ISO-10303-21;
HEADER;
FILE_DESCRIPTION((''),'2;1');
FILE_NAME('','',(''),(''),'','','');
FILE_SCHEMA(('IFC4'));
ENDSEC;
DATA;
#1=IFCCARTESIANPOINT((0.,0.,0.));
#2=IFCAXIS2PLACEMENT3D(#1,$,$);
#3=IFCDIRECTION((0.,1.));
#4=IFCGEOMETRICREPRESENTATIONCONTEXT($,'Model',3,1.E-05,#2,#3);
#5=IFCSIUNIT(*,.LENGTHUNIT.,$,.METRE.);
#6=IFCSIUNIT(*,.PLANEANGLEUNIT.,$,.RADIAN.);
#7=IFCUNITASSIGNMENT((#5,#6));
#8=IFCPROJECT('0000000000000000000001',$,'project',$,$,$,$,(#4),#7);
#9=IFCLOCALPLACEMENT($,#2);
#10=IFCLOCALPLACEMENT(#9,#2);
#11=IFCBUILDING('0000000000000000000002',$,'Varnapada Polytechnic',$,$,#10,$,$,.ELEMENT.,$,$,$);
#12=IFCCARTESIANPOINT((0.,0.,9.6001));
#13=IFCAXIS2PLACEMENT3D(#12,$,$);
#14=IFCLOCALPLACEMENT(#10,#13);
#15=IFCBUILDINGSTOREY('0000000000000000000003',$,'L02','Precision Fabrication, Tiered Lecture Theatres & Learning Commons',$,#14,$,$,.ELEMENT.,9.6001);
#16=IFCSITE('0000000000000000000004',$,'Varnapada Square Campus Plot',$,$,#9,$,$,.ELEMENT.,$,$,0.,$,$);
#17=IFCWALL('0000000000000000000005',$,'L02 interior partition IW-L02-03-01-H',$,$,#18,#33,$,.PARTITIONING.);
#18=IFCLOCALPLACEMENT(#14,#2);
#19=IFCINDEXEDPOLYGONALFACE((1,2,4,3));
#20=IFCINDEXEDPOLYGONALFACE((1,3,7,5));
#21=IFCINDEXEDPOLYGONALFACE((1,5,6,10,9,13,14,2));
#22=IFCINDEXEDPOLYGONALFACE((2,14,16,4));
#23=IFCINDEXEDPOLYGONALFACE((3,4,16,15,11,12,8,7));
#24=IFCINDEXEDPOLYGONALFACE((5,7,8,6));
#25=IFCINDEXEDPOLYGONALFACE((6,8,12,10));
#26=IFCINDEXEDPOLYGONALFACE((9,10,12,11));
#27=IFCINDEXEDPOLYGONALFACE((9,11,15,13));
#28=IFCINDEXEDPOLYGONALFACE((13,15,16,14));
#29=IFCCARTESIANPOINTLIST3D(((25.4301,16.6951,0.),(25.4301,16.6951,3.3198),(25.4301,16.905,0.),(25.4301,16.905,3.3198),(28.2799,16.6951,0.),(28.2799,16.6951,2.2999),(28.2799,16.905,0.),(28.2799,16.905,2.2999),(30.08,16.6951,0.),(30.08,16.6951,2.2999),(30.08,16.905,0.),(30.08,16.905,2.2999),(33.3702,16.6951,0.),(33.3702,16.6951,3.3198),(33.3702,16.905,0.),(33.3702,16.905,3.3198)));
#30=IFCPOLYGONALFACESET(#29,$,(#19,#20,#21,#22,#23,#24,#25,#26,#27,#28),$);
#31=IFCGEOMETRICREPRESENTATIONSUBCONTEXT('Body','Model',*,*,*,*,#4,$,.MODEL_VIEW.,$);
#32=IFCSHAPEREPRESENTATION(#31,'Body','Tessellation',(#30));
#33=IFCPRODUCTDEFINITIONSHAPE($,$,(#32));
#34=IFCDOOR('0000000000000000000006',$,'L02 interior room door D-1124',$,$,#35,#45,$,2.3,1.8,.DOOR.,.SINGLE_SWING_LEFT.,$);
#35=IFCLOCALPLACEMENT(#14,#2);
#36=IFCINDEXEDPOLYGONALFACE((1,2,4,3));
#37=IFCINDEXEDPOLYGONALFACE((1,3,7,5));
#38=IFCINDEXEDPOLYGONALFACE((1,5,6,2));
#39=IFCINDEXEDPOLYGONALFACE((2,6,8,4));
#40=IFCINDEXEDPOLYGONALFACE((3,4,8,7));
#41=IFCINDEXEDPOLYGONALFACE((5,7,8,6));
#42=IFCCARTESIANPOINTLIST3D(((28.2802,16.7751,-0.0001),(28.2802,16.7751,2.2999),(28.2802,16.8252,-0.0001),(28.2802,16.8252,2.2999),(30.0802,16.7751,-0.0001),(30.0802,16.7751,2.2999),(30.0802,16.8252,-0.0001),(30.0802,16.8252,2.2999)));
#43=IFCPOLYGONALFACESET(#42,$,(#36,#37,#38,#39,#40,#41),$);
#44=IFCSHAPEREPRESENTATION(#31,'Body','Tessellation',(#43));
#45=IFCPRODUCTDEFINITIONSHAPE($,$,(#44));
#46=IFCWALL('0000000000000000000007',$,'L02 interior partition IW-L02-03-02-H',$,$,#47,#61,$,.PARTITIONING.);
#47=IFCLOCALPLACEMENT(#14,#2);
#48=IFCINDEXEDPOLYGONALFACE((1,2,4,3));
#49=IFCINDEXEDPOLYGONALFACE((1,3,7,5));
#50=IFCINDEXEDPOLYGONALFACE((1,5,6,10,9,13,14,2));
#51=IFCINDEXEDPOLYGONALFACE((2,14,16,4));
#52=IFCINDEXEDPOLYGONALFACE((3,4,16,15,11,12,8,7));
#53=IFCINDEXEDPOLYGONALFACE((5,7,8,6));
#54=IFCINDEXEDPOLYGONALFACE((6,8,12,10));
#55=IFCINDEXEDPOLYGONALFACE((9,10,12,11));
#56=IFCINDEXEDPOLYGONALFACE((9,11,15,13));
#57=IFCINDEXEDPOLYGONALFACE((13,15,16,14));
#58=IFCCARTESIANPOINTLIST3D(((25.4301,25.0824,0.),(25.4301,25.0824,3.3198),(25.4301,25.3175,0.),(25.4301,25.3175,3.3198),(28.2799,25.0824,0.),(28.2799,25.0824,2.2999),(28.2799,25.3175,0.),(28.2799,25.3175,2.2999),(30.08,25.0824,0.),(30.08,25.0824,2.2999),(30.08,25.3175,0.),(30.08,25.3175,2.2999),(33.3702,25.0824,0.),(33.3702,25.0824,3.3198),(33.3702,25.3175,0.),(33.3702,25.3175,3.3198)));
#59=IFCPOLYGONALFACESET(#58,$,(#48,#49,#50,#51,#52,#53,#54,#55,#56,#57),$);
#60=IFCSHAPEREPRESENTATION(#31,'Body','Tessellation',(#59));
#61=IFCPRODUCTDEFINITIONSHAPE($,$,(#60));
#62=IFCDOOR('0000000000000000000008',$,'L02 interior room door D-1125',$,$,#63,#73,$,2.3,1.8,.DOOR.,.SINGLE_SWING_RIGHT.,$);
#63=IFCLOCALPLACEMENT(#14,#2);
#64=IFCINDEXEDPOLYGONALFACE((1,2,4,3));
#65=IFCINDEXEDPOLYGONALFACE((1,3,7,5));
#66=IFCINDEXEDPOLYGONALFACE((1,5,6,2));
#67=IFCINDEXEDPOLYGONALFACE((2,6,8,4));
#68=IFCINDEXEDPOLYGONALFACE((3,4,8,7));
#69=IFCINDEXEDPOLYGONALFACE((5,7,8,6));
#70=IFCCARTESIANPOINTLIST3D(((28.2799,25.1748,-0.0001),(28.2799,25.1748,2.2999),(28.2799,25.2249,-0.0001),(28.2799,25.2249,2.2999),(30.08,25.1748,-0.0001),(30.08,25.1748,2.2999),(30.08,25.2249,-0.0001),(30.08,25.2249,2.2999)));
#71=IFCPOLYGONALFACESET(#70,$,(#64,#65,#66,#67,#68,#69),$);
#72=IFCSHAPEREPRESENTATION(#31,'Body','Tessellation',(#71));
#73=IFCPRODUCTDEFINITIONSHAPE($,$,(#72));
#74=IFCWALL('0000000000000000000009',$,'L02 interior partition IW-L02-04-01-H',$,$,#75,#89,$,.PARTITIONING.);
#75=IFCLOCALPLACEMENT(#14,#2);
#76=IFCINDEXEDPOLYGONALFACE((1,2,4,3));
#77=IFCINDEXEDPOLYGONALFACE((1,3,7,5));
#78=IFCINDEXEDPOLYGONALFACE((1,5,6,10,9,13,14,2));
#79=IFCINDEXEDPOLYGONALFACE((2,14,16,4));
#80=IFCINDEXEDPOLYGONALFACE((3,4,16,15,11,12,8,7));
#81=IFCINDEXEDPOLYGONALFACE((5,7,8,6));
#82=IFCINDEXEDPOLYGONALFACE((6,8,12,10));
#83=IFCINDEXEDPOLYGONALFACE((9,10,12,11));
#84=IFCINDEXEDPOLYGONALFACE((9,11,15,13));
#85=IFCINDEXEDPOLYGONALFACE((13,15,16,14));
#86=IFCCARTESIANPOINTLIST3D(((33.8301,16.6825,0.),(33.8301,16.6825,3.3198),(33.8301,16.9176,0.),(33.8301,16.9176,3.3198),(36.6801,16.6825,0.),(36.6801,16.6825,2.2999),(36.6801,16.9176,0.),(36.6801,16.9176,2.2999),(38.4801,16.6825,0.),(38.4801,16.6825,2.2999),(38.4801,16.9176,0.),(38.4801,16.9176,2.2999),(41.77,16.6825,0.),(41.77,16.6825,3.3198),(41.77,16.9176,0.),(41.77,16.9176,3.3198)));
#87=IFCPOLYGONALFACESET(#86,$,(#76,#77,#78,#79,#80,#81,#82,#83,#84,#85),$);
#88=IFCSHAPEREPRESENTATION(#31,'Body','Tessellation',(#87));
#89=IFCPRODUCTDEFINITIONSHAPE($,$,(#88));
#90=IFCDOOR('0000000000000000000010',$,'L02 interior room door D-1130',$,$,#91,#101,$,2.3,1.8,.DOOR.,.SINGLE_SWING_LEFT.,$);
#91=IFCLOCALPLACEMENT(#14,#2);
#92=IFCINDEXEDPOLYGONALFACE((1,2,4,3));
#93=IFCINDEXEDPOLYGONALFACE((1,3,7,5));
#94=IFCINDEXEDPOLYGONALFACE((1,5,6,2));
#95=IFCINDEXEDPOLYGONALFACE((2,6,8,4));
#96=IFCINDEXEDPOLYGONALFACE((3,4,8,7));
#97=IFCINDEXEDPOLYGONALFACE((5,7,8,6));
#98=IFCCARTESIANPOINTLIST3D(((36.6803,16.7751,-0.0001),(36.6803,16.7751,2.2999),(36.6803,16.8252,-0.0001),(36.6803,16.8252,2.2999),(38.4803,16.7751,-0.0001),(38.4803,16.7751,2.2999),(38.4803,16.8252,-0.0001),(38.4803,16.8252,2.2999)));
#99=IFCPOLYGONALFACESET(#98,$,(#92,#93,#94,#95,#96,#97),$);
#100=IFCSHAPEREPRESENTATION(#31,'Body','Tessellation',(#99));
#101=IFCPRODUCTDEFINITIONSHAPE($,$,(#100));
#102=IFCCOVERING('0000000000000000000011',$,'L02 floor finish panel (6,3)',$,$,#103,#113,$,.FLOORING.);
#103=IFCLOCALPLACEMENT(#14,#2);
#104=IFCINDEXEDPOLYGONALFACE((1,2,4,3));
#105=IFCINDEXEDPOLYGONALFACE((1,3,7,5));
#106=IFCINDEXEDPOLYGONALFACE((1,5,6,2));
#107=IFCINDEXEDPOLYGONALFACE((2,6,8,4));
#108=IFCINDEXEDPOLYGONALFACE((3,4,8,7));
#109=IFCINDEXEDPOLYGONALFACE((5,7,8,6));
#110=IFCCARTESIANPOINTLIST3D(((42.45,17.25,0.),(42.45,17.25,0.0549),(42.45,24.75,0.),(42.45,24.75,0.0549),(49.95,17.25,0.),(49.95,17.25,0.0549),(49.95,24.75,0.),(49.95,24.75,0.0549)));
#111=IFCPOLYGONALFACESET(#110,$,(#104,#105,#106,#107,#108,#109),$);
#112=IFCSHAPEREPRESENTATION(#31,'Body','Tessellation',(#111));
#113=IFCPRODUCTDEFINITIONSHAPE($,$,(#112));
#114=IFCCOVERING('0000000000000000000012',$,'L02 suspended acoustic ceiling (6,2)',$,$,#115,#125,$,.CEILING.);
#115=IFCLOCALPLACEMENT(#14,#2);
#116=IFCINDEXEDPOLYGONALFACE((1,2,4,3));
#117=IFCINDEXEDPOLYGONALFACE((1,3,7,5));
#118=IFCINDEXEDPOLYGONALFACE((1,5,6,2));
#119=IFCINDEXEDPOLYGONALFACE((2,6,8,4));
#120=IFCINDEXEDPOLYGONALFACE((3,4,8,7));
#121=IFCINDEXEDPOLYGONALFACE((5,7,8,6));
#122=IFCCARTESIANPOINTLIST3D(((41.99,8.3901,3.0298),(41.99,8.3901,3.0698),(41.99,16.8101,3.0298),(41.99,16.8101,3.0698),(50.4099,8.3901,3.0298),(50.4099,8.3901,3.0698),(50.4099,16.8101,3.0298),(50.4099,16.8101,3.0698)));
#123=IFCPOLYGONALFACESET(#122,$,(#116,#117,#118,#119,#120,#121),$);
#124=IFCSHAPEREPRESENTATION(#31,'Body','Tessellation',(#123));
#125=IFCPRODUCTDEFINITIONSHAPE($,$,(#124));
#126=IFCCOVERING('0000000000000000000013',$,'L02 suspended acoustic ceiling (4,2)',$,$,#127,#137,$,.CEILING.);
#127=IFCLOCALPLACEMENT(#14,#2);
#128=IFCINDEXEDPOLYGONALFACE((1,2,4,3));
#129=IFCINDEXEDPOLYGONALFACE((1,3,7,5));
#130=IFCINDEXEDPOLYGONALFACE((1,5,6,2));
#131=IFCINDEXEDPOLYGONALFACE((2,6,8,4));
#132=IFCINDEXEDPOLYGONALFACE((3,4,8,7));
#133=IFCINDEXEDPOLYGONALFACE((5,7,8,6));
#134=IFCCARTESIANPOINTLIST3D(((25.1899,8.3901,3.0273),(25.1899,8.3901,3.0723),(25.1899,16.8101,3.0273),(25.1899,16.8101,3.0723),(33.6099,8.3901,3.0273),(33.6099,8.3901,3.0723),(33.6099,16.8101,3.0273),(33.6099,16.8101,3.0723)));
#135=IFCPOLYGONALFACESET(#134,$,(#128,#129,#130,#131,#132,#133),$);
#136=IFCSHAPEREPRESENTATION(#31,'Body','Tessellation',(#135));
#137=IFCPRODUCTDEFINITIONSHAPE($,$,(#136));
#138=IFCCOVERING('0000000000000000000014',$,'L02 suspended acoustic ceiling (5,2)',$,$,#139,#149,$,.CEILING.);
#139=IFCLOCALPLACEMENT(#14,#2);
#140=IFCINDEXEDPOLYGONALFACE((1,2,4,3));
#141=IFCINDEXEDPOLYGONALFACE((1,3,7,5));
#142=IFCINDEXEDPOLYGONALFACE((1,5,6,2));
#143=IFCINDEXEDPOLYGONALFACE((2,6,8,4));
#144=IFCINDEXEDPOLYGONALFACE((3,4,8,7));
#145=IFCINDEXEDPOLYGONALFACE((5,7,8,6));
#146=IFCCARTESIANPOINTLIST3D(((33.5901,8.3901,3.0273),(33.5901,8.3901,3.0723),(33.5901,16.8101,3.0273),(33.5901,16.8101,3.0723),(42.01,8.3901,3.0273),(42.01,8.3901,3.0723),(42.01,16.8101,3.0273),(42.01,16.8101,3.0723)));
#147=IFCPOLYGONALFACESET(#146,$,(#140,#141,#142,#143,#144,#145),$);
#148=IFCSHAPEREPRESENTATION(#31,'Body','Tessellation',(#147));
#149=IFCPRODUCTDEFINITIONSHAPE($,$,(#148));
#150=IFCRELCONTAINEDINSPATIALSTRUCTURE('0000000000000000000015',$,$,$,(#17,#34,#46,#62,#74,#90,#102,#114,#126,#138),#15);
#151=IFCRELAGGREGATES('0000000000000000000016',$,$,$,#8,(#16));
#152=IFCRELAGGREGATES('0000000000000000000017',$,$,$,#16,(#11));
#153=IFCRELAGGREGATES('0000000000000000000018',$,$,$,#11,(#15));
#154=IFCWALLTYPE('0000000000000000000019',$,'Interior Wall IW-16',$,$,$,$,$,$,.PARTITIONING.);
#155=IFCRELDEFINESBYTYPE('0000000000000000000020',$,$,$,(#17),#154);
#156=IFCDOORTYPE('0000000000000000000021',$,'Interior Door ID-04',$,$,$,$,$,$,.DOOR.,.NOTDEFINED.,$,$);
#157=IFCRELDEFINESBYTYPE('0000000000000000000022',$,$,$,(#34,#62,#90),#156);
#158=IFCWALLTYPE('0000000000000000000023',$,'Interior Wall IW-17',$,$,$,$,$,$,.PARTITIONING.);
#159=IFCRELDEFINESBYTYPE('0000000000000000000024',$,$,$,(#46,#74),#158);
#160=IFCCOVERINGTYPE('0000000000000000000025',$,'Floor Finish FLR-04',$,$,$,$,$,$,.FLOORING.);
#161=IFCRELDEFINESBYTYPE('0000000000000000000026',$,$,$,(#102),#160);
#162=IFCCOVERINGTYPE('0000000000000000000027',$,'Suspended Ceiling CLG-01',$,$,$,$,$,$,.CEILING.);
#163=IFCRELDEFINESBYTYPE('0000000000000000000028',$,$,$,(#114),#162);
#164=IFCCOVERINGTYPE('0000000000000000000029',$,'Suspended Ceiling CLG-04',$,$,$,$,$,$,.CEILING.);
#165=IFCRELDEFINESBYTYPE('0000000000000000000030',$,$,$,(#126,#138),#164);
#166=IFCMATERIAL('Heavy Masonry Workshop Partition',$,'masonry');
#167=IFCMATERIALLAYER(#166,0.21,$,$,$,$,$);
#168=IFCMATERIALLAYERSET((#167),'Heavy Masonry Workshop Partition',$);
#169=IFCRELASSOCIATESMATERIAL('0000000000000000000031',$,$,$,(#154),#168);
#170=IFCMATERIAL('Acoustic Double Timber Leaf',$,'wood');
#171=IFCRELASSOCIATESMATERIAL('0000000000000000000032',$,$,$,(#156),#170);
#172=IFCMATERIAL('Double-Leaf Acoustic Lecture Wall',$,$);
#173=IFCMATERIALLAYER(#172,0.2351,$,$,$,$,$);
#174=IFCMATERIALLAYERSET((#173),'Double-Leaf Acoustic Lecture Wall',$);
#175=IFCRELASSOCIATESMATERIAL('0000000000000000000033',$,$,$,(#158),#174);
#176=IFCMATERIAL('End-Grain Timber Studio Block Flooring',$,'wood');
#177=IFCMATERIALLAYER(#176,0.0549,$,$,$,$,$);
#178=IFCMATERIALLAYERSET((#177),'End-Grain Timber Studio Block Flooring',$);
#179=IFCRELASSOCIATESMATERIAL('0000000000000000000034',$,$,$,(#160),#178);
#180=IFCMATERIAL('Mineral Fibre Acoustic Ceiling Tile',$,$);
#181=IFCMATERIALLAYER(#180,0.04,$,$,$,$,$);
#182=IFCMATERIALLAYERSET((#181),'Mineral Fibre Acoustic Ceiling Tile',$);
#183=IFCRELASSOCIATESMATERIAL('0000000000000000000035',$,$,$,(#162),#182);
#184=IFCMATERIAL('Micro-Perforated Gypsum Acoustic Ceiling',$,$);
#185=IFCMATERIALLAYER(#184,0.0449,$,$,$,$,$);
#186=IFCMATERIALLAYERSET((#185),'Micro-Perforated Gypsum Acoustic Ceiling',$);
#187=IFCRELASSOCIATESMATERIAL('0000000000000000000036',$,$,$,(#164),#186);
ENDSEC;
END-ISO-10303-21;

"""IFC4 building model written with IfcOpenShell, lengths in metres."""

from ifc_helpers import new_model, si_unit, direction, frame, frame_2d, origin, origin_2d, place, context, subcontext, project, spatial, rectangle, extrude, material, layer, layer_set, type_object, element, fill, save


model = new_model("IFC4")

# Units and contexts
model_context = context("Model", 3, precision=1e-05, world=origin(), true_north=direction((0.0, 1.0)))
body_context = subcontext(model_context, "Body", "Model", "MODEL_VIEW")
ifc_project = project(units=[si_unit("LENGTHUNIT", "METRE"), si_unit("PLANEANGLEUNIT", "RADIAN")], contexts=[model_context])

# Site, building, storey
site_placement = place(None, origin())
site = spatial("IfcSite", under=ifc_project, at=site_placement, Name="Varnapada Square Campus Plot", CompositionType="ELEMENT", RefElevation=0.0)
building_placement = place(site_placement, origin())
building = spatial("IfcBuilding", under=site, at=building_placement, Name="Varnapada Polytechnic", CompositionType="ELEMENT")
storey_placement = place(building_placement, frame((0.0, 0.0, 9.6001)))
storey = spatial("IfcBuildingStorey", under=building, at=storey_placement, Name="L02", Description="Precision Fabrication, Tiered Lecture Theatres & Learning Commons", CompositionType="ELEMENT", Elevation=9.6001)

# Walls, openings, doors
ifc_material_1 = material(Name="Acoustic Double Timber Leaf", Category="wood")
ifc_material_2 = material(Name="Heavy Masonry Workshop Partition", Category="masonry")
ifc_layer_1 = layer(ifc_material_2, 0.21)
ifc_layer_set_1 = layer_set([ifc_layer_1], Name="Heavy Masonry Workshop Partition")
wall_type_1 = type_object("IfcWallType", Name="Interior Wall IW-16", PredefinedType="PARTITIONING", material=ifc_layer_set_1)
wall_1_placement = place(storey_placement, frame((25.4299, 16.8, 0.0), z_axis=(0.0, 0.0, 1.0), x_axis=(1.0, 0.0, 0.0)))
wall_1 = element("IfcWall", 1, at=wall_1_placement, inside=storey, type_object=wall_type_1, Name="L02 interior partition IW-L02-03-01-H", PredefinedType="PARTITIONING", context=body_context, shape_type="SweptSolid", body=[
    extrude(rectangle(XDim=7.9402, YDim=0.21, at=frame_2d((3.9702, 0.0))), origin(), (0.0, 0.0, 1.0), 3.3198),
])
opening_1_placement = place(wall_1_placement, frame((2.8501, 0.0, 0.0)))
opening_1 = element("IfcOpeningElement", 2, at=opening_1_placement, cuts=wall_1, PredefinedType="OPENING", context=body_context, shape_type="SweptSolid", body=[
    extrude(rectangle(XDim=1.8, YDim=2.3, at=frame_2d((0.8999, 1.1499))), frame((0.0, 0.115, 0.0), z_axis=(0.0, -1.0, 0.0), x_axis=(1.0, 0.0, 0.0)), (0.0, 0.0, 1.0), 0.23),
])
door_type_1 = type_object("IfcDoorType", Name="Interior Door ID-04", OperationType="NOTDEFINED", PredefinedType="DOOR", material=ifc_material_1)
door_1_placement = place(opening_1_placement, frame((1.8, 0.0, 0.0), z_axis=(0.0, 0.0, 1.0), x_axis=(-1.0, 0.0, 0.0)))
door_1 = element("IfcDoor", 3, at=door_1_placement, inside=storey, type_object=door_type_1, Name="L02 interior room door D-1124", OperationType="SINGLE_SWING_LEFT", OverallHeight=2.3, OverallWidth=1.8, PredefinedType="DOOR", context=body_context, shape_type="SweptSolid", body=[
    extrude(rectangle(XDim=1.8, YDim=2.3, at=frame_2d((0.8999, 1.1499))), frame((0.0, 0.0249, 0.0), z_axis=(0.0, -1.0, 0.0), x_axis=(1.0, 0.0, 0.0)), (0.0, 0.0, 1.0), 0.05),
])
fill(opening_1, door_1)
ifc_material_3 = material(Name="Double-Leaf Acoustic Lecture Wall")
ifc_layer_2 = layer(ifc_material_3, 0.2351)
ifc_layer_set_2 = layer_set([ifc_layer_2], Name="Double-Leaf Acoustic Lecture Wall")
wall_type_2 = type_object("IfcWallType", Name="Interior Wall IW-17", PredefinedType="PARTITIONING", material=ifc_layer_set_2)
wall_2_placement = place(storey_placement, frame((25.4299, 25.2, 0.0), z_axis=(0.0, 0.0, 1.0), x_axis=(1.0, 0.0, 0.0)))
wall_2 = element("IfcWall", 4, at=wall_2_placement, inside=storey, type_object=wall_type_2, Name="L02 interior partition IW-L02-03-02-H", PredefinedType="PARTITIONING", context=body_context, shape_type="SweptSolid", body=[
    extrude(rectangle(XDim=7.9402, YDim=0.2351, at=frame_2d((3.9702, 0.0))), origin(), (0.0, 0.0, 1.0), 3.3198),
])
opening_2_placement = place(wall_2_placement, frame((2.8501, 0.0, 0.0)))
opening_2 = element("IfcOpeningElement", 5, at=opening_2_placement, cuts=wall_2, PredefinedType="OPENING", context=body_context, shape_type="SweptSolid", body=[
    extrude(rectangle(XDim=1.8, YDim=2.3, at=frame_2d((0.8999, 1.1499))), frame((0.0, 0.1274, 0.0), z_axis=(0.0, -1.0, 0.0), x_axis=(1.0, 0.0, 0.0)), (0.0, 0.0, 1.0), 0.2551),
])
door_2_placement = place(opening_2_placement, origin())
door_2 = element("IfcDoor", 6, at=door_2_placement, inside=storey, type_object=door_type_1, Name="L02 interior room door D-1125", OperationType="SINGLE_SWING_RIGHT", OverallHeight=2.3, OverallWidth=1.8, PredefinedType="DOOR", context=body_context, shape_type="SweptSolid", body=[
    extrude(rectangle(XDim=1.8, YDim=2.3, at=frame_2d((0.8999, 1.1499))), frame((0.0, 0.0249, 0.0), z_axis=(0.0, -1.0, 0.0), x_axis=(1.0, 0.0, 0.0)), (0.0, 0.0, 1.0), 0.05),
])
fill(opening_2, door_2)
wall_3_placement = place(storey_placement, frame((33.8301, 16.8, 0.0), z_axis=(0.0, 0.0, 1.0), x_axis=(1.0, 0.0, 0.0)))
wall_3 = element("IfcWall", 7, at=wall_3_placement, inside=storey, type_object=wall_type_2, Name="L02 interior partition IW-L02-04-01-H", PredefinedType="PARTITIONING", context=body_context, shape_type="SweptSolid", body=[
    extrude(rectangle(XDim=7.9399, YDim=0.2351, at=frame_2d((3.97, 0.0))), origin(), (0.0, 0.0, 1.0), 3.3198),
])
opening_3_placement = place(wall_3_placement, frame((2.8501, 0.0, 0.0)))
opening_3 = element("IfcOpeningElement", 8, at=opening_3_placement, cuts=wall_3, PredefinedType="OPENING", context=body_context, shape_type="SweptSolid", body=[
    extrude(rectangle(XDim=1.8, YDim=2.3, at=frame_2d((0.8999, 1.1499))), frame((0.0, 0.1274, 0.0), z_axis=(0.0, -1.0, 0.0), x_axis=(1.0, 0.0, 0.0)), (0.0, 0.0, 1.0), 0.2551),
])
door_3_placement = place(opening_3_placement, frame((1.8, 0.0, 0.0), z_axis=(0.0, 0.0, 1.0), x_axis=(-1.0, 0.0, 0.0)))
door_3 = element("IfcDoor", 9, at=door_3_placement, inside=storey, type_object=door_type_1, Name="L02 interior room door D-1130", OperationType="SINGLE_SWING_LEFT", OverallHeight=2.3, OverallWidth=1.8, PredefinedType="DOOR", context=body_context, shape_type="SweptSolid", body=[
    extrude(rectangle(XDim=1.8, YDim=2.3, at=frame_2d((0.8999, 1.1499))), frame((0.0, 0.0249, 0.0), z_axis=(0.0, -1.0, 0.0), x_axis=(1.0, 0.0, 0.0)), (0.0, 0.0, 1.0), 0.05),
])
fill(opening_3, door_3)

# Coverings
ifc_material_4 = material(Name="End-Grain Timber Studio Block Flooring", Category="wood")
ifc_layer_3 = layer(ifc_material_4, 0.0549)
ifc_layer_set_3 = layer_set([ifc_layer_3], Name="End-Grain Timber Studio Block Flooring")
covering_type_1 = type_object("IfcCoveringType", Name="Floor Finish FLR-04", PredefinedType="FLOORING", material=ifc_layer_set_3)
covering_1_placement = place(storey_placement, frame((46.2, 21.0, 0.0), z_axis=(0.0, 0.0, 1.0), x_axis=(1.0, 0.0, 0.0)))
element("IfcCovering", 10, at=covering_1_placement, inside=storey, type_object=covering_type_1, Name="L02 floor finish panel (6,3)", PredefinedType="FLOORING", context=body_context, shape_type="SweptSolid", body=[
    extrude(rectangle(XDim=7.5, YDim=7.5, at=origin_2d()), origin(), (0.0, 0.0, 1.0), 0.0549),
])
ifc_material_5 = material(Name="Mineral Fibre Acoustic Ceiling Tile")
ifc_layer_4 = layer(ifc_material_5, 0.04)
ifc_layer_set_4 = layer_set([ifc_layer_4], Name="Mineral Fibre Acoustic Ceiling Tile")
covering_type_2 = type_object("IfcCoveringType", Name="Suspended Ceiling CLG-01", PredefinedType="CEILING", material=ifc_layer_set_4)
covering_2_placement = place(storey_placement, frame((46.2, 12.6001, 3.0298), z_axis=(0.0, 0.0, 1.0), x_axis=(1.0, 0.0, 0.0)))
element("IfcCovering", 11, at=covering_2_placement, inside=storey, type_object=covering_type_2, Name="L02 suspended acoustic ceiling (6,2)", PredefinedType="CEILING", context=body_context, shape_type="SweptSolid", body=[
    extrude(rectangle(XDim=8.4199, YDim=8.4199, at=origin_2d()), origin(), (0.0, 0.0, 1.0), 0.04),
])
ifc_material_6 = material(Name="Micro-Perforated Gypsum Acoustic Ceiling")
ifc_layer_5 = layer(ifc_material_6, 0.0449)
ifc_layer_set_5 = layer_set([ifc_layer_5], Name="Micro-Perforated Gypsum Acoustic Ceiling")
covering_type_3 = type_object("IfcCoveringType", Name="Suspended Ceiling CLG-04", PredefinedType="CEILING", material=ifc_layer_set_5)
for number, where, z_axis, x_axis, name in (
    (12, (29.3999, 12.6001, 3.0273), (0.0, 0.0, 1.0), (1.0, 0.0, 0.0), "L02 suspended acoustic ceiling (4,2)"),
    (13, (37.8, 12.6001, 3.0273), (0.0, 0.0, 1.0), (1.0, 0.0, 0.0), "L02 suspended acoustic ceiling (5,2)"),
):
    element("IfcCovering", number, at=place(storey_placement, frame(where, z_axis=z_axis, x_axis=x_axis)), inside=storey, type_object=covering_type_3, Name=name, PredefinedType="CEILING", context=body_context, shape_type="SweptSolid", body=[
        extrude(rectangle(XDim=8.4199, YDim=8.4199, at=origin_2d()), origin(), (0.0, 0.0, 1.0), 0.0449),
    ])

save(model, "model.ifc")
